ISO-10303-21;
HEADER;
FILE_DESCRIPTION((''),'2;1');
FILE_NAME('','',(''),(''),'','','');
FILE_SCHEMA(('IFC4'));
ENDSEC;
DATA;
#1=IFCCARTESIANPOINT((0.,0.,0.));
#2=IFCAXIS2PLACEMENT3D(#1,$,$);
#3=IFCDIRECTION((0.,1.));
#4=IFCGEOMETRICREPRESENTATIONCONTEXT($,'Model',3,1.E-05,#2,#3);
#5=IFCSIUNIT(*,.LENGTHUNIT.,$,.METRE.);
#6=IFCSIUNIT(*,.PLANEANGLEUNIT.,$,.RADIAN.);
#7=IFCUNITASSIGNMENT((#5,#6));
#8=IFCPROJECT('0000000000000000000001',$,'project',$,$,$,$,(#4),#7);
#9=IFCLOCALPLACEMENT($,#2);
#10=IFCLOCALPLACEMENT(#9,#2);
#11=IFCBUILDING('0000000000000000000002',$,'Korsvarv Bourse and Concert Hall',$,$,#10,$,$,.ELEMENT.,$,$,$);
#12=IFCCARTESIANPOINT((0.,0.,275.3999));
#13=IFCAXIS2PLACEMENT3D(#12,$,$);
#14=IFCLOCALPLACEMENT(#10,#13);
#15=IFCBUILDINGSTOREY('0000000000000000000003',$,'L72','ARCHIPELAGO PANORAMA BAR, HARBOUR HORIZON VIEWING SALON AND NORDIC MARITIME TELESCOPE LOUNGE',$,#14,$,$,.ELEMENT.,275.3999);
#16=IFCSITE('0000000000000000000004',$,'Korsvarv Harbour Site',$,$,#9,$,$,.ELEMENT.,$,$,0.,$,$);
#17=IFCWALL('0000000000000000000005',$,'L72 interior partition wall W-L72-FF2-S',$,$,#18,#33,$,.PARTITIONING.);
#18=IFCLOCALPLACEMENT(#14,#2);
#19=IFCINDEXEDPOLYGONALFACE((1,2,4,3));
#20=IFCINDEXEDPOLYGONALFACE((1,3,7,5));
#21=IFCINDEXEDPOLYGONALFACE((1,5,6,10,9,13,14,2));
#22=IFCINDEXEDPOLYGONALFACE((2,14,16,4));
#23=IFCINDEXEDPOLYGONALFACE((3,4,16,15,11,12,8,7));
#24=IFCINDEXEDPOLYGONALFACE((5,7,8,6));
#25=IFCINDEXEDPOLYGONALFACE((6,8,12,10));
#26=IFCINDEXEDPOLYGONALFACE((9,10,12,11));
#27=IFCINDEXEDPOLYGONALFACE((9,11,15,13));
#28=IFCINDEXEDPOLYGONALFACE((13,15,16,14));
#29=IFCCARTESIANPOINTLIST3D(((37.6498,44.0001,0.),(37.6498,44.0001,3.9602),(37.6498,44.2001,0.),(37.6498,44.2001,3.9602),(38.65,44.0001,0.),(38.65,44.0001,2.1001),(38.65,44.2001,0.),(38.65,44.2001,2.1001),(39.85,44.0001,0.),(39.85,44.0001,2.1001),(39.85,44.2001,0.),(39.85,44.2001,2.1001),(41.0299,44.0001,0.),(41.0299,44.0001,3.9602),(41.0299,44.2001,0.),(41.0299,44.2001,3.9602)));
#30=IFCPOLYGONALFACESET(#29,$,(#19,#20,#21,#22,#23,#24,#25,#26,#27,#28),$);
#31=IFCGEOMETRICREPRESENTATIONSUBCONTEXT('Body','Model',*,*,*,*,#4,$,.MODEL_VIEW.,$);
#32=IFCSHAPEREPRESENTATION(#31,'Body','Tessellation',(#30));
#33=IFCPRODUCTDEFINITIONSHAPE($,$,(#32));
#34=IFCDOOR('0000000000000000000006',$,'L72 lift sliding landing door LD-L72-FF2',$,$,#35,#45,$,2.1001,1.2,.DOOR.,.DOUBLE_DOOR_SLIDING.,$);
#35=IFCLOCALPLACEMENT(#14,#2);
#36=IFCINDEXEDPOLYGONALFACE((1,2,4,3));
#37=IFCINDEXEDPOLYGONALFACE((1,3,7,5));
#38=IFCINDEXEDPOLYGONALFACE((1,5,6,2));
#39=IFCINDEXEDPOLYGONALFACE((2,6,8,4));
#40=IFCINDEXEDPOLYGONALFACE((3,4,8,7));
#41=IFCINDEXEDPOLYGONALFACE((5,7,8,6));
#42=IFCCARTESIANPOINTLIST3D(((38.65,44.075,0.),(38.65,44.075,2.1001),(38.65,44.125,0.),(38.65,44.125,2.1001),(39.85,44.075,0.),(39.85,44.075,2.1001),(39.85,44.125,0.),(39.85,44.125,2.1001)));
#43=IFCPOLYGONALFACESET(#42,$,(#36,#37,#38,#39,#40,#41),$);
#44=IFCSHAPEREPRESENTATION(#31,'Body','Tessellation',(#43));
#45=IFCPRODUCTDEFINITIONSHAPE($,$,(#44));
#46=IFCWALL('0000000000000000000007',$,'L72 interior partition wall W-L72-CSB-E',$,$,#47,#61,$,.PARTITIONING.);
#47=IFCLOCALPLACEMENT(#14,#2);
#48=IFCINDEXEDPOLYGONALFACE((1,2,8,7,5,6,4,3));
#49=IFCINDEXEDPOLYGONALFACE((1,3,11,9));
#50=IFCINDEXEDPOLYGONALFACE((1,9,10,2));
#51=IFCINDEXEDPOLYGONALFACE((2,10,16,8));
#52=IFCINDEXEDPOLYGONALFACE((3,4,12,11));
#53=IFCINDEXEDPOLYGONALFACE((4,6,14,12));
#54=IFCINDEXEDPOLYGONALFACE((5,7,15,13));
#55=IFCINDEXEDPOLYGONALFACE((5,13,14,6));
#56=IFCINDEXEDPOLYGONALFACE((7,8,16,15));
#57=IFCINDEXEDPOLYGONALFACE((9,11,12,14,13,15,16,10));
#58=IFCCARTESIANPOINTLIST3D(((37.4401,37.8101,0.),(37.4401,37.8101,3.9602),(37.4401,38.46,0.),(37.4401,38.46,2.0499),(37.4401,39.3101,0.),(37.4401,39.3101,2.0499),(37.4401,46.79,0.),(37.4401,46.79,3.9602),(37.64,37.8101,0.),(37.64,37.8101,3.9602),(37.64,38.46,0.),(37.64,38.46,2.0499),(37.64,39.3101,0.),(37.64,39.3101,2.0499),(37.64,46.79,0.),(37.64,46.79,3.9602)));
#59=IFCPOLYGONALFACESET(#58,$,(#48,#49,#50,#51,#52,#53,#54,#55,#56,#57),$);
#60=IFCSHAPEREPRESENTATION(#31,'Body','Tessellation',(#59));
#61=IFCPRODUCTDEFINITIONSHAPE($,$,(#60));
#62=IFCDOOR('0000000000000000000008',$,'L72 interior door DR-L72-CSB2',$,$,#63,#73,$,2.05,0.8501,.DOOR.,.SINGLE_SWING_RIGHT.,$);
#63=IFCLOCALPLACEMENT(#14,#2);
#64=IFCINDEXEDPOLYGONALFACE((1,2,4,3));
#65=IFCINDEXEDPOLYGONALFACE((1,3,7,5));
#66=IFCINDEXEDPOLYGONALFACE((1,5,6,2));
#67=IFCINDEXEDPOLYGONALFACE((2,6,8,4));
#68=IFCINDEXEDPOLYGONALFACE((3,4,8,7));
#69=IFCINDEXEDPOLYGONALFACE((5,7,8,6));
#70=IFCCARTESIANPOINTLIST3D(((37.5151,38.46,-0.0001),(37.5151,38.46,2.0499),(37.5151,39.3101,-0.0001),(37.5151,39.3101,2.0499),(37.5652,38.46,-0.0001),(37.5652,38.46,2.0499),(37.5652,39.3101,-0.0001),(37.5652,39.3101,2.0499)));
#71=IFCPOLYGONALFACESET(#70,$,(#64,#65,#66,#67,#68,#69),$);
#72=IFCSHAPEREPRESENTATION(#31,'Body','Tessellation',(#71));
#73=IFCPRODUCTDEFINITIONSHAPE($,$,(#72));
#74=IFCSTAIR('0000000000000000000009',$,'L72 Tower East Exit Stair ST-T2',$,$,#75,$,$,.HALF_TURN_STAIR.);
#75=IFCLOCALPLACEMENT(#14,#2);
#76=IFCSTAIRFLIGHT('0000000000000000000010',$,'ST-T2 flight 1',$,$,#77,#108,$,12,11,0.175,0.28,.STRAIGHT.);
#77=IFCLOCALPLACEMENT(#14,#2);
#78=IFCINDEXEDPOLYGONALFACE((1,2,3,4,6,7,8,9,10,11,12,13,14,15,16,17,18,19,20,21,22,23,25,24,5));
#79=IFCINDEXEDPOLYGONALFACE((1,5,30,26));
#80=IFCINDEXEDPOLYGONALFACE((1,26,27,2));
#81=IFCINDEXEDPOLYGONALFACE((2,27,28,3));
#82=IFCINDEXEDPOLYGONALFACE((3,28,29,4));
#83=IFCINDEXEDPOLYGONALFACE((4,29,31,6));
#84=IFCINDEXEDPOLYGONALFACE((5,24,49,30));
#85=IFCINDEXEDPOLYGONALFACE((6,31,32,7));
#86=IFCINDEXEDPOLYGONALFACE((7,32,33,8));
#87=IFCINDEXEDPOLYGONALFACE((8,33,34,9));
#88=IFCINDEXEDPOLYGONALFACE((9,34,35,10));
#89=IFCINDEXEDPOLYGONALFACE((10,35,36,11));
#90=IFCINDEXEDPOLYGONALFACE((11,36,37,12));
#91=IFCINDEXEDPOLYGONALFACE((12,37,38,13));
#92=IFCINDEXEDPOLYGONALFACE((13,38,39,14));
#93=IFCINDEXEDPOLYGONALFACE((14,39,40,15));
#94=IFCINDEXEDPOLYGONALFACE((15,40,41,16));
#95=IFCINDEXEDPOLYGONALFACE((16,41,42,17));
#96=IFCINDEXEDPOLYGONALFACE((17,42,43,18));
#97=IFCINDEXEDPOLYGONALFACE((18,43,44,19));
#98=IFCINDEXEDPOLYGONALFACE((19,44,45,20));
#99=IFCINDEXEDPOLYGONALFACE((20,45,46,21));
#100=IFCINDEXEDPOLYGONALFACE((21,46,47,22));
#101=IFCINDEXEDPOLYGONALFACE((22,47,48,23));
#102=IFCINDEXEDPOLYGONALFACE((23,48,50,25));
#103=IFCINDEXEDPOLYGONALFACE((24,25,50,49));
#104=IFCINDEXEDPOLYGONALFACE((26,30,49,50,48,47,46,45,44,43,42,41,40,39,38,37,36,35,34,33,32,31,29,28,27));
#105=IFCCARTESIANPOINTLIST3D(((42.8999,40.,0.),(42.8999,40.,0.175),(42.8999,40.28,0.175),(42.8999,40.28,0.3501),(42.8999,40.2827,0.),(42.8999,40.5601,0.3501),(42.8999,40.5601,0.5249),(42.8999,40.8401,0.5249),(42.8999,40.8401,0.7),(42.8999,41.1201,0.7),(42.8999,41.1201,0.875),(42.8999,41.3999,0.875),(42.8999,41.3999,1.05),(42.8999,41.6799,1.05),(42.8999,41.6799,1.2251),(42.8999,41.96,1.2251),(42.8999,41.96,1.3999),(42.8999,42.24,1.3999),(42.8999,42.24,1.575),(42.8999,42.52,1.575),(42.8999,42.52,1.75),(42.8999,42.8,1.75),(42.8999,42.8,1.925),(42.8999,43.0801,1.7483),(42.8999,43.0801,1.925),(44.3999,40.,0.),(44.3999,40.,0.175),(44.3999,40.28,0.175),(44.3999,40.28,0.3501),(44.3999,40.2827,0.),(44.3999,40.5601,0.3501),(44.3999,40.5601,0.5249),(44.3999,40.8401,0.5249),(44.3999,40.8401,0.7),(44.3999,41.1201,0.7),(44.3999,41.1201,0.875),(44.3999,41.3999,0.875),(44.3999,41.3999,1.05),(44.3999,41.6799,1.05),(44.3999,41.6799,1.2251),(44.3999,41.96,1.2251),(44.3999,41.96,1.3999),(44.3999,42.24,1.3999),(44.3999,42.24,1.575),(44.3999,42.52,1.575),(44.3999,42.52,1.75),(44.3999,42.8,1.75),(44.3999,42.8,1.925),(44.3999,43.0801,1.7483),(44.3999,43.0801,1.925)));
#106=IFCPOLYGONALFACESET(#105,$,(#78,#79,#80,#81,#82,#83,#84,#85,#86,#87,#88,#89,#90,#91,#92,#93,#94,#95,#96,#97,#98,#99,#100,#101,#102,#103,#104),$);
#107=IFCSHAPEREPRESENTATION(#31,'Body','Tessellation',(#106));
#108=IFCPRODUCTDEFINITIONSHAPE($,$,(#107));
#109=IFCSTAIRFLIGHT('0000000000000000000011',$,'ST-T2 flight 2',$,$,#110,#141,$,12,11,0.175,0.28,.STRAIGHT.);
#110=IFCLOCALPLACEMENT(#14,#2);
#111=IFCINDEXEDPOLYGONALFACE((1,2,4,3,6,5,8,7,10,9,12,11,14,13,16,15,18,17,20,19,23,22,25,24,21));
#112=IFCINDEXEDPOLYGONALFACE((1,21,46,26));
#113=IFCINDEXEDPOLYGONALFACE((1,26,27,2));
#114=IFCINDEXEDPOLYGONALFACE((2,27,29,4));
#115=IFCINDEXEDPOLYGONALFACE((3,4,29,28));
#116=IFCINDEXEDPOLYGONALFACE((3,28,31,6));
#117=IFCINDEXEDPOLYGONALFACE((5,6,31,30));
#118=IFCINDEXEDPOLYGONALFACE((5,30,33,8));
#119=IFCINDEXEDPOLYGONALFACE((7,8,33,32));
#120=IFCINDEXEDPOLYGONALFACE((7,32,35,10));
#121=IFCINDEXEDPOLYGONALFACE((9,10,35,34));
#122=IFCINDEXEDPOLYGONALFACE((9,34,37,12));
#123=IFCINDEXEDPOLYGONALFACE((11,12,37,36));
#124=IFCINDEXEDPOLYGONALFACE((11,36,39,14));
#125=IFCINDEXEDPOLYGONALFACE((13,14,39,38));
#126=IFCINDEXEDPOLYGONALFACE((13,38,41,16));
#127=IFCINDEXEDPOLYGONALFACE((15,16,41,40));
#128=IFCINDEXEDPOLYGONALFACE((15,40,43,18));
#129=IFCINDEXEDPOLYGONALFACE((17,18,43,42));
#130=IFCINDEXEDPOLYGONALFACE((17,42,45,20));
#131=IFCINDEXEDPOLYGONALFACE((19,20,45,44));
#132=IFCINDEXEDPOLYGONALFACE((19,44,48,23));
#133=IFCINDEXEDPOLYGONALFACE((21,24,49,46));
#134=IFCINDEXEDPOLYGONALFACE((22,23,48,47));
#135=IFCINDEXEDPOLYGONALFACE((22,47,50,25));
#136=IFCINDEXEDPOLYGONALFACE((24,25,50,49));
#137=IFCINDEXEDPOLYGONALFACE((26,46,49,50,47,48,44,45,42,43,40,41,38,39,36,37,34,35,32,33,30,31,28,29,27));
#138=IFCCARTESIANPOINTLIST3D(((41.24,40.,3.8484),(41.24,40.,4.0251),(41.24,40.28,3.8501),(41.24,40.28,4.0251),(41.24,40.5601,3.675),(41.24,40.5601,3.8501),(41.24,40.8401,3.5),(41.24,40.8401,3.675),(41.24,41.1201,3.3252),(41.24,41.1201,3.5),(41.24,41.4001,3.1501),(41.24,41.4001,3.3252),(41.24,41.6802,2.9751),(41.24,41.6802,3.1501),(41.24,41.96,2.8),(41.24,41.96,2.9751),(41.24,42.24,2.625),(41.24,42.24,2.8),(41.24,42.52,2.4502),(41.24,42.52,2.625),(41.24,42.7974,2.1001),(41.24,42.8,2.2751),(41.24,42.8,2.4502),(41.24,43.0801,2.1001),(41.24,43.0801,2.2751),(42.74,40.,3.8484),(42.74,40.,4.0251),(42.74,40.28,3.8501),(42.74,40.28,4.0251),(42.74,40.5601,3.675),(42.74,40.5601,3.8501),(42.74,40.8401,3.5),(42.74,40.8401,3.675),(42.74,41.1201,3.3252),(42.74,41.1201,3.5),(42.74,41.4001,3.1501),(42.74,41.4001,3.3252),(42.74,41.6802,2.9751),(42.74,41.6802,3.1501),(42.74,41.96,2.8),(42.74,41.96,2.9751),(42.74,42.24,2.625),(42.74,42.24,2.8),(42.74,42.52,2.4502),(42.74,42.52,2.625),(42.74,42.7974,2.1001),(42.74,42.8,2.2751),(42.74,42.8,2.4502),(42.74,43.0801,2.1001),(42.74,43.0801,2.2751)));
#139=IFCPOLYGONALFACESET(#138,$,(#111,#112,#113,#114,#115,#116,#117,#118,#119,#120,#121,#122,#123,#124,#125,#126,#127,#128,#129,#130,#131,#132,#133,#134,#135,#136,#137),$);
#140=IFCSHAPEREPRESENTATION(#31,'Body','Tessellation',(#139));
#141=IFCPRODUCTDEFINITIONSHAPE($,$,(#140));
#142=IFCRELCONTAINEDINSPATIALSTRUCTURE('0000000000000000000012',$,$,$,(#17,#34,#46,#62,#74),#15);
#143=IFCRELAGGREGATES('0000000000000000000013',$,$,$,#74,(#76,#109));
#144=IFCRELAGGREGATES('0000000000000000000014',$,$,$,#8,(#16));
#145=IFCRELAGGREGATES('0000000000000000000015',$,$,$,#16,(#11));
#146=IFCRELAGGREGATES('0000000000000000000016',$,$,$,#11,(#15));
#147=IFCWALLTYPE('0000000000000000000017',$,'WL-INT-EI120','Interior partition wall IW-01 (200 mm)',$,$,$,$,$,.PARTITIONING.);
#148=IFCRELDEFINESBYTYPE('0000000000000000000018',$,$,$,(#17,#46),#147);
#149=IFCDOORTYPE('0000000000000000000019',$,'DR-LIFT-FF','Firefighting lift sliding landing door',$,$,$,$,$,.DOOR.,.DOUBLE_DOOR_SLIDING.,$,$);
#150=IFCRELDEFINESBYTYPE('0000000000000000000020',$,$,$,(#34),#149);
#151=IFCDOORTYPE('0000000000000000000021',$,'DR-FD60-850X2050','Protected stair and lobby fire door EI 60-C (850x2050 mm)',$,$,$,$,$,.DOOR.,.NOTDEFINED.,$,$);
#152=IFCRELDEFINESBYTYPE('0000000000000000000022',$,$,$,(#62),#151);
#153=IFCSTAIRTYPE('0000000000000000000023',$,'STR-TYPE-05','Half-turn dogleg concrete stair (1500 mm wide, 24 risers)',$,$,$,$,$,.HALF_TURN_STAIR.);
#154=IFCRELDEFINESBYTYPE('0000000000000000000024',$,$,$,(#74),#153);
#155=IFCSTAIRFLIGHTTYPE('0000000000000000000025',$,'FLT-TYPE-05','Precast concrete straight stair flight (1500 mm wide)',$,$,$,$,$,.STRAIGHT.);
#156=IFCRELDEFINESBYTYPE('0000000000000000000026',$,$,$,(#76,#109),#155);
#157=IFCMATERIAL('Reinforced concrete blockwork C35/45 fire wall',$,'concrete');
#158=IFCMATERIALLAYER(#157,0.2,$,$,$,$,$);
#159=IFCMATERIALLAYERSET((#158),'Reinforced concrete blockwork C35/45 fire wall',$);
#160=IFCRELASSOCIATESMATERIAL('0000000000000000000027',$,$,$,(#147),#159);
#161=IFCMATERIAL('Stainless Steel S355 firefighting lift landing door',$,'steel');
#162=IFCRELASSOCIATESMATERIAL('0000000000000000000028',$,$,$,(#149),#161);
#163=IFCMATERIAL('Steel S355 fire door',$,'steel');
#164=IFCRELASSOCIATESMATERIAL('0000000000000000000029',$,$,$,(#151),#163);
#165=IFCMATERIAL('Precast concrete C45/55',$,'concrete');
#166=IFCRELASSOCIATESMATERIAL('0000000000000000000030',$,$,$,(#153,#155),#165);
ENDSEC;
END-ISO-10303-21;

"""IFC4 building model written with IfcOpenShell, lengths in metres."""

from ifc_helpers import new_model, si_unit, direction, frame, frame_2d, origin, place, context, subcontext, project, spatial, polyline, rectangle, outline, extrude, material, layer, layer_set, type_object, element, fill, aggregate, save


model = new_model("IFC4")

# Units and contexts
model_context = context("Model", 3, precision=1e-05, world=origin(), true_north=direction((0.0, 1.0)))
body_context = subcontext(model_context, "Body", "Model", "MODEL_VIEW")
ifc_project = project(units=[si_unit("LENGTHUNIT", "METRE"), si_unit("PLANEANGLEUNIT", "RADIAN")], contexts=[model_context])

# Site, building, storey
site_placement = place(None, origin())
site = spatial("IfcSite", under=ifc_project, at=site_placement, Name="Korsvarv Harbour Site", CompositionType="ELEMENT", RefElevation=0.0)
building_placement = place(site_placement, origin())
building = spatial("IfcBuilding", under=site, at=building_placement, Name="Korsvarv Bourse and Concert Hall", CompositionType="ELEMENT")
storey_placement = place(building_placement, frame((0.0, 0.0, 275.3999)))
storey = spatial("IfcBuildingStorey", under=building, at=storey_placement, Name="L72", Description="ARCHIPELAGO PANORAMA BAR, HARBOUR HORIZON VIEWING SALON AND NORDIC MARITIME TELESCOPE LOUNGE", CompositionType="ELEMENT", Elevation=275.3999)

# Shared definitions
ifc_material_1 = material(Name="Steel S355 fire door", Category="steel")

# Walls, openings, doors
ifc_material_2 = material(Name="Reinforced concrete blockwork C35/45 fire wall", Category="concrete")
ifc_layer_1 = layer(ifc_material_2, 0.2)
ifc_layer_set_1 = layer_set([ifc_layer_1], Name="Reinforced concrete blockwork C35/45 fire wall")
wall_type_1 = type_object("IfcWallType", Name="WL-INT-EI120", Description="Interior partition wall IW-01 (200 mm)", PredefinedType="PARTITIONING", material=ifc_layer_set_1)
wall_1_placement = place(storey_placement, frame((37.6499, 44.1001, 0.0), z_axis=(0.0, 0.0, 1.0), x_axis=(1.0, 0.0, 0.0)))
wall_1 = element("IfcWall", 1, at=wall_1_placement, inside=storey, type_object=wall_type_1, Name="L72 interior partition wall W-L72-FF2-S", PredefinedType="PARTITIONING", context=body_context, shape_type="SweptSolid", body=[
    extrude(rectangle(XDim=3.3801, YDim=0.2, at=frame_2d((1.6899, 0.0))), origin(), (0.0, 0.0, 1.0), 3.9602),
])
opening_1_placement = place(wall_1_placement, frame((1.0, 0.0, 0.0)))
opening_1 = element("IfcOpeningElement", 2, at=opening_1_placement, cuts=wall_1, PredefinedType="OPENING", context=body_context, shape_type="SweptSolid", body=[
    extrude(rectangle(XDim=1.2, YDim=2.1001, at=frame_2d((0.6001, 1.05))), frame((0.0, 0.1099, 0.0), z_axis=(0.0, -1.0, 0.0), x_axis=(1.0, 0.0, 0.0)), (0.0, 0.0, 1.0), 0.22),
])
ifc_material_3 = material(Name="Stainless Steel S355 firefighting lift landing door", Category="steel")
door_type_1 = type_object("IfcDoorType", Name="DR-LIFT-FF", Description="Firefighting lift sliding landing door", OperationType="DOUBLE_DOOR_SLIDING", PredefinedType="DOOR", material=ifc_material_3)
door_1_placement = place(opening_1_placement, origin())
door_1 = element("IfcDoor", 3, at=door_1_placement, inside=storey, type_object=door_type_1, Name="L72 lift sliding landing door LD-L72-FF2", OperationType="DOUBLE_DOOR_SLIDING", OverallHeight=2.1001, OverallWidth=1.2, PredefinedType="DOOR", context=body_context, shape_type="SweptSolid", body=[
    extrude(rectangle(XDim=1.2, YDim=2.1001, at=frame_2d((0.6001, 1.05))), frame((0.0, 0.0249, 0.0), z_axis=(0.0, -1.0, 0.0), x_axis=(1.0, 0.0, 0.0)), (0.0, 0.0, 1.0), 0.05),
])
fill(opening_1, door_1)
wall_2_placement = place(storey_placement, frame((37.54, 37.8101, 0.0), z_axis=(0.0, 0.0, 1.0), x_axis=(0.0, 1.0, 0.0)))
wall_2 = element("IfcWall", 4, at=wall_2_placement, inside=storey, type_object=wall_type_1, Name="L72 interior partition wall W-L72-CSB-E", PredefinedType="PARTITIONING", context=body_context, shape_type="SweptSolid", body=[
    extrude(rectangle(XDim=8.98, YDim=0.2, at=frame_2d((4.49, 0.0))), origin(), (0.0, 0.0, 1.0), 3.9602),
])
opening_2_placement = place(wall_2_placement, frame((0.6499, 0.0, 0.0)))
opening_2 = element("IfcOpeningElement", 5, at=opening_2_placement, cuts=wall_2, PredefinedType="OPENING", context=body_context, shape_type="SweptSolid", body=[
    extrude(rectangle(XDim=0.8501, YDim=2.05, at=frame_2d((0.425, 1.0249))), frame((0.0, 0.1099, 0.0), z_axis=(0.0, -1.0, 0.0), x_axis=(1.0, 0.0, 0.0)), (0.0, 0.0, 1.0), 0.22),
])
door_type_2 = type_object("IfcDoorType", Name="DR-FD60-850X2050", Description="Protected stair and lobby fire door EI 60-C (850x2050 mm)", OperationType="NOTDEFINED", PredefinedType="DOOR", material=ifc_material_1)
door_2_placement = place(opening_2_placement, origin())
door_2 = element("IfcDoor", 6, at=door_2_placement, inside=storey, type_object=door_type_2, Name="L72 interior door DR-L72-CSB2", OperationType="SINGLE_SWING_RIGHT", OverallHeight=2.05, OverallWidth=0.8501, PredefinedType="DOOR", context=body_context, shape_type="SweptSolid", body=[
    extrude(rectangle(XDim=0.8501, YDim=2.05, at=frame_2d((0.425, 1.0249))), frame((0.0, 0.0249, 0.0), z_axis=(0.0, -1.0, 0.0), x_axis=(1.0, 0.0, 0.0)), (0.0, 0.0, 1.0), 0.05),
])
fill(opening_2, door_2)

# Stair, stair flights
ifc_material_4 = material(Name="Precast concrete C45/55", Category="concrete")
stair_type = type_object("IfcStairType", Name="STR-TYPE-05", Description="Half-turn dogleg concrete stair (1500 mm wide, 24 risers)", PredefinedType="HALF_TURN_STAIR", material=ifc_material_4)
stair_placement = place(storey_placement, origin())
stair = element("IfcStair", 7, at=stair_placement, inside=storey, type_object=stair_type, Name="L72 Tower East Exit Stair ST-T2", PredefinedType="HALF_TURN_STAIR")
stair_flight_type = type_object("IfcStairFlightType", Name="FLT-TYPE-05", Description="Precast concrete straight stair flight (1500 mm wide)", PredefinedType="STRAIGHT", material=ifc_material_4)
stair_flight_1_placement = place(storey_placement, frame((43.6499, 40.0, 0.0), z_axis=(0.0, 0.0, 1.0), x_axis=(0.0, 1.0, 0.0)))
stair_flight_1 = element("IfcStairFlight", 8, at=stair_flight_1_placement, type_object=stair_flight_type, Name="ST-T2 flight 1", NumberOfRisers=12, NumberOfTreads=11, PredefinedType="STRAIGHT", RiserHeight=0.175, TreadLength=0.28, context=body_context, shape_type="SweptSolid", body=[
    extrude(outline(polyline([(0.0, 0.0), (0.0, 0.175), (0.28, 0.175), (0.28, 0.3501), (0.5601, 0.3501), (0.5601, 0.5249), (0.8401, 0.5249), (0.8401, 0.7), (1.1201, 0.7), (1.1201, 0.875), (1.3999, 0.875), (1.3999, 1.05), (1.6799, 1.05), (1.6799, 1.2251), (1.96, 1.2251), (1.96, 1.3999), (2.24, 1.3999), (2.24, 1.575), (2.52, 1.575), (2.52, 1.75), (2.8, 1.75), (2.8, 1.925), (3.0801, 1.925), (3.0801, 2.1001), (3.0801, 1.7483), (0.2827, 0.0), (0.0, 0.0)])), frame((0.0, 0.75, 0.0), z_axis=(0.0, -1.0, 0.0), x_axis=(1.0, 0.0, 0.0)), (0.0, 0.0, 1.0), 1.5),
])
stair_flight_2_placement = place(storey_placement, frame((41.99, 43.0801, 2.1001), z_axis=(0.0, 0.0, 1.0), x_axis=(0.0, -1.0, 0.0)))
stair_flight_2 = element("IfcStairFlight", 9, at=stair_flight_2_placement, type_object=stair_flight_type, Name="ST-T2 flight 2", NumberOfRisers=12, NumberOfTreads=11, PredefinedType="STRAIGHT", RiserHeight=0.175, TreadLength=0.28, context=body_context, shape_type="SweptSolid", body=[
    extrude(outline(polyline([(0.0, 0.0), (0.0, 0.175), (0.28, 0.175), (0.28, 0.3501), (0.5601, 0.3501), (0.5601, 0.5249), (0.8401, 0.5249), (0.8401, 0.7), (1.1201, 0.7), (1.1201, 0.875), (1.3999, 0.875), (1.3999, 1.05), (1.6799, 1.05), (1.6799, 1.2251), (1.96, 1.2251), (1.96, 1.3999), (2.24, 1.3999), (2.24, 1.575), (2.52, 1.575), (2.52, 1.75), (2.8, 1.75), (2.8, 1.925), (3.0801, 1.925), (3.0801, 2.1001), (3.0801, 1.7483), (0.2827, 0.0), (0.0, 0.0)])), frame((0.0, 0.75, 0.0), z_axis=(0.0, -1.0, 0.0), x_axis=(1.0, 0.0, 0.0)), (0.0, 0.0, 1.0), 1.5),
])
aggregate(stair, [stair_flight_1, stair_flight_2])

save(model, "model.ifc")
